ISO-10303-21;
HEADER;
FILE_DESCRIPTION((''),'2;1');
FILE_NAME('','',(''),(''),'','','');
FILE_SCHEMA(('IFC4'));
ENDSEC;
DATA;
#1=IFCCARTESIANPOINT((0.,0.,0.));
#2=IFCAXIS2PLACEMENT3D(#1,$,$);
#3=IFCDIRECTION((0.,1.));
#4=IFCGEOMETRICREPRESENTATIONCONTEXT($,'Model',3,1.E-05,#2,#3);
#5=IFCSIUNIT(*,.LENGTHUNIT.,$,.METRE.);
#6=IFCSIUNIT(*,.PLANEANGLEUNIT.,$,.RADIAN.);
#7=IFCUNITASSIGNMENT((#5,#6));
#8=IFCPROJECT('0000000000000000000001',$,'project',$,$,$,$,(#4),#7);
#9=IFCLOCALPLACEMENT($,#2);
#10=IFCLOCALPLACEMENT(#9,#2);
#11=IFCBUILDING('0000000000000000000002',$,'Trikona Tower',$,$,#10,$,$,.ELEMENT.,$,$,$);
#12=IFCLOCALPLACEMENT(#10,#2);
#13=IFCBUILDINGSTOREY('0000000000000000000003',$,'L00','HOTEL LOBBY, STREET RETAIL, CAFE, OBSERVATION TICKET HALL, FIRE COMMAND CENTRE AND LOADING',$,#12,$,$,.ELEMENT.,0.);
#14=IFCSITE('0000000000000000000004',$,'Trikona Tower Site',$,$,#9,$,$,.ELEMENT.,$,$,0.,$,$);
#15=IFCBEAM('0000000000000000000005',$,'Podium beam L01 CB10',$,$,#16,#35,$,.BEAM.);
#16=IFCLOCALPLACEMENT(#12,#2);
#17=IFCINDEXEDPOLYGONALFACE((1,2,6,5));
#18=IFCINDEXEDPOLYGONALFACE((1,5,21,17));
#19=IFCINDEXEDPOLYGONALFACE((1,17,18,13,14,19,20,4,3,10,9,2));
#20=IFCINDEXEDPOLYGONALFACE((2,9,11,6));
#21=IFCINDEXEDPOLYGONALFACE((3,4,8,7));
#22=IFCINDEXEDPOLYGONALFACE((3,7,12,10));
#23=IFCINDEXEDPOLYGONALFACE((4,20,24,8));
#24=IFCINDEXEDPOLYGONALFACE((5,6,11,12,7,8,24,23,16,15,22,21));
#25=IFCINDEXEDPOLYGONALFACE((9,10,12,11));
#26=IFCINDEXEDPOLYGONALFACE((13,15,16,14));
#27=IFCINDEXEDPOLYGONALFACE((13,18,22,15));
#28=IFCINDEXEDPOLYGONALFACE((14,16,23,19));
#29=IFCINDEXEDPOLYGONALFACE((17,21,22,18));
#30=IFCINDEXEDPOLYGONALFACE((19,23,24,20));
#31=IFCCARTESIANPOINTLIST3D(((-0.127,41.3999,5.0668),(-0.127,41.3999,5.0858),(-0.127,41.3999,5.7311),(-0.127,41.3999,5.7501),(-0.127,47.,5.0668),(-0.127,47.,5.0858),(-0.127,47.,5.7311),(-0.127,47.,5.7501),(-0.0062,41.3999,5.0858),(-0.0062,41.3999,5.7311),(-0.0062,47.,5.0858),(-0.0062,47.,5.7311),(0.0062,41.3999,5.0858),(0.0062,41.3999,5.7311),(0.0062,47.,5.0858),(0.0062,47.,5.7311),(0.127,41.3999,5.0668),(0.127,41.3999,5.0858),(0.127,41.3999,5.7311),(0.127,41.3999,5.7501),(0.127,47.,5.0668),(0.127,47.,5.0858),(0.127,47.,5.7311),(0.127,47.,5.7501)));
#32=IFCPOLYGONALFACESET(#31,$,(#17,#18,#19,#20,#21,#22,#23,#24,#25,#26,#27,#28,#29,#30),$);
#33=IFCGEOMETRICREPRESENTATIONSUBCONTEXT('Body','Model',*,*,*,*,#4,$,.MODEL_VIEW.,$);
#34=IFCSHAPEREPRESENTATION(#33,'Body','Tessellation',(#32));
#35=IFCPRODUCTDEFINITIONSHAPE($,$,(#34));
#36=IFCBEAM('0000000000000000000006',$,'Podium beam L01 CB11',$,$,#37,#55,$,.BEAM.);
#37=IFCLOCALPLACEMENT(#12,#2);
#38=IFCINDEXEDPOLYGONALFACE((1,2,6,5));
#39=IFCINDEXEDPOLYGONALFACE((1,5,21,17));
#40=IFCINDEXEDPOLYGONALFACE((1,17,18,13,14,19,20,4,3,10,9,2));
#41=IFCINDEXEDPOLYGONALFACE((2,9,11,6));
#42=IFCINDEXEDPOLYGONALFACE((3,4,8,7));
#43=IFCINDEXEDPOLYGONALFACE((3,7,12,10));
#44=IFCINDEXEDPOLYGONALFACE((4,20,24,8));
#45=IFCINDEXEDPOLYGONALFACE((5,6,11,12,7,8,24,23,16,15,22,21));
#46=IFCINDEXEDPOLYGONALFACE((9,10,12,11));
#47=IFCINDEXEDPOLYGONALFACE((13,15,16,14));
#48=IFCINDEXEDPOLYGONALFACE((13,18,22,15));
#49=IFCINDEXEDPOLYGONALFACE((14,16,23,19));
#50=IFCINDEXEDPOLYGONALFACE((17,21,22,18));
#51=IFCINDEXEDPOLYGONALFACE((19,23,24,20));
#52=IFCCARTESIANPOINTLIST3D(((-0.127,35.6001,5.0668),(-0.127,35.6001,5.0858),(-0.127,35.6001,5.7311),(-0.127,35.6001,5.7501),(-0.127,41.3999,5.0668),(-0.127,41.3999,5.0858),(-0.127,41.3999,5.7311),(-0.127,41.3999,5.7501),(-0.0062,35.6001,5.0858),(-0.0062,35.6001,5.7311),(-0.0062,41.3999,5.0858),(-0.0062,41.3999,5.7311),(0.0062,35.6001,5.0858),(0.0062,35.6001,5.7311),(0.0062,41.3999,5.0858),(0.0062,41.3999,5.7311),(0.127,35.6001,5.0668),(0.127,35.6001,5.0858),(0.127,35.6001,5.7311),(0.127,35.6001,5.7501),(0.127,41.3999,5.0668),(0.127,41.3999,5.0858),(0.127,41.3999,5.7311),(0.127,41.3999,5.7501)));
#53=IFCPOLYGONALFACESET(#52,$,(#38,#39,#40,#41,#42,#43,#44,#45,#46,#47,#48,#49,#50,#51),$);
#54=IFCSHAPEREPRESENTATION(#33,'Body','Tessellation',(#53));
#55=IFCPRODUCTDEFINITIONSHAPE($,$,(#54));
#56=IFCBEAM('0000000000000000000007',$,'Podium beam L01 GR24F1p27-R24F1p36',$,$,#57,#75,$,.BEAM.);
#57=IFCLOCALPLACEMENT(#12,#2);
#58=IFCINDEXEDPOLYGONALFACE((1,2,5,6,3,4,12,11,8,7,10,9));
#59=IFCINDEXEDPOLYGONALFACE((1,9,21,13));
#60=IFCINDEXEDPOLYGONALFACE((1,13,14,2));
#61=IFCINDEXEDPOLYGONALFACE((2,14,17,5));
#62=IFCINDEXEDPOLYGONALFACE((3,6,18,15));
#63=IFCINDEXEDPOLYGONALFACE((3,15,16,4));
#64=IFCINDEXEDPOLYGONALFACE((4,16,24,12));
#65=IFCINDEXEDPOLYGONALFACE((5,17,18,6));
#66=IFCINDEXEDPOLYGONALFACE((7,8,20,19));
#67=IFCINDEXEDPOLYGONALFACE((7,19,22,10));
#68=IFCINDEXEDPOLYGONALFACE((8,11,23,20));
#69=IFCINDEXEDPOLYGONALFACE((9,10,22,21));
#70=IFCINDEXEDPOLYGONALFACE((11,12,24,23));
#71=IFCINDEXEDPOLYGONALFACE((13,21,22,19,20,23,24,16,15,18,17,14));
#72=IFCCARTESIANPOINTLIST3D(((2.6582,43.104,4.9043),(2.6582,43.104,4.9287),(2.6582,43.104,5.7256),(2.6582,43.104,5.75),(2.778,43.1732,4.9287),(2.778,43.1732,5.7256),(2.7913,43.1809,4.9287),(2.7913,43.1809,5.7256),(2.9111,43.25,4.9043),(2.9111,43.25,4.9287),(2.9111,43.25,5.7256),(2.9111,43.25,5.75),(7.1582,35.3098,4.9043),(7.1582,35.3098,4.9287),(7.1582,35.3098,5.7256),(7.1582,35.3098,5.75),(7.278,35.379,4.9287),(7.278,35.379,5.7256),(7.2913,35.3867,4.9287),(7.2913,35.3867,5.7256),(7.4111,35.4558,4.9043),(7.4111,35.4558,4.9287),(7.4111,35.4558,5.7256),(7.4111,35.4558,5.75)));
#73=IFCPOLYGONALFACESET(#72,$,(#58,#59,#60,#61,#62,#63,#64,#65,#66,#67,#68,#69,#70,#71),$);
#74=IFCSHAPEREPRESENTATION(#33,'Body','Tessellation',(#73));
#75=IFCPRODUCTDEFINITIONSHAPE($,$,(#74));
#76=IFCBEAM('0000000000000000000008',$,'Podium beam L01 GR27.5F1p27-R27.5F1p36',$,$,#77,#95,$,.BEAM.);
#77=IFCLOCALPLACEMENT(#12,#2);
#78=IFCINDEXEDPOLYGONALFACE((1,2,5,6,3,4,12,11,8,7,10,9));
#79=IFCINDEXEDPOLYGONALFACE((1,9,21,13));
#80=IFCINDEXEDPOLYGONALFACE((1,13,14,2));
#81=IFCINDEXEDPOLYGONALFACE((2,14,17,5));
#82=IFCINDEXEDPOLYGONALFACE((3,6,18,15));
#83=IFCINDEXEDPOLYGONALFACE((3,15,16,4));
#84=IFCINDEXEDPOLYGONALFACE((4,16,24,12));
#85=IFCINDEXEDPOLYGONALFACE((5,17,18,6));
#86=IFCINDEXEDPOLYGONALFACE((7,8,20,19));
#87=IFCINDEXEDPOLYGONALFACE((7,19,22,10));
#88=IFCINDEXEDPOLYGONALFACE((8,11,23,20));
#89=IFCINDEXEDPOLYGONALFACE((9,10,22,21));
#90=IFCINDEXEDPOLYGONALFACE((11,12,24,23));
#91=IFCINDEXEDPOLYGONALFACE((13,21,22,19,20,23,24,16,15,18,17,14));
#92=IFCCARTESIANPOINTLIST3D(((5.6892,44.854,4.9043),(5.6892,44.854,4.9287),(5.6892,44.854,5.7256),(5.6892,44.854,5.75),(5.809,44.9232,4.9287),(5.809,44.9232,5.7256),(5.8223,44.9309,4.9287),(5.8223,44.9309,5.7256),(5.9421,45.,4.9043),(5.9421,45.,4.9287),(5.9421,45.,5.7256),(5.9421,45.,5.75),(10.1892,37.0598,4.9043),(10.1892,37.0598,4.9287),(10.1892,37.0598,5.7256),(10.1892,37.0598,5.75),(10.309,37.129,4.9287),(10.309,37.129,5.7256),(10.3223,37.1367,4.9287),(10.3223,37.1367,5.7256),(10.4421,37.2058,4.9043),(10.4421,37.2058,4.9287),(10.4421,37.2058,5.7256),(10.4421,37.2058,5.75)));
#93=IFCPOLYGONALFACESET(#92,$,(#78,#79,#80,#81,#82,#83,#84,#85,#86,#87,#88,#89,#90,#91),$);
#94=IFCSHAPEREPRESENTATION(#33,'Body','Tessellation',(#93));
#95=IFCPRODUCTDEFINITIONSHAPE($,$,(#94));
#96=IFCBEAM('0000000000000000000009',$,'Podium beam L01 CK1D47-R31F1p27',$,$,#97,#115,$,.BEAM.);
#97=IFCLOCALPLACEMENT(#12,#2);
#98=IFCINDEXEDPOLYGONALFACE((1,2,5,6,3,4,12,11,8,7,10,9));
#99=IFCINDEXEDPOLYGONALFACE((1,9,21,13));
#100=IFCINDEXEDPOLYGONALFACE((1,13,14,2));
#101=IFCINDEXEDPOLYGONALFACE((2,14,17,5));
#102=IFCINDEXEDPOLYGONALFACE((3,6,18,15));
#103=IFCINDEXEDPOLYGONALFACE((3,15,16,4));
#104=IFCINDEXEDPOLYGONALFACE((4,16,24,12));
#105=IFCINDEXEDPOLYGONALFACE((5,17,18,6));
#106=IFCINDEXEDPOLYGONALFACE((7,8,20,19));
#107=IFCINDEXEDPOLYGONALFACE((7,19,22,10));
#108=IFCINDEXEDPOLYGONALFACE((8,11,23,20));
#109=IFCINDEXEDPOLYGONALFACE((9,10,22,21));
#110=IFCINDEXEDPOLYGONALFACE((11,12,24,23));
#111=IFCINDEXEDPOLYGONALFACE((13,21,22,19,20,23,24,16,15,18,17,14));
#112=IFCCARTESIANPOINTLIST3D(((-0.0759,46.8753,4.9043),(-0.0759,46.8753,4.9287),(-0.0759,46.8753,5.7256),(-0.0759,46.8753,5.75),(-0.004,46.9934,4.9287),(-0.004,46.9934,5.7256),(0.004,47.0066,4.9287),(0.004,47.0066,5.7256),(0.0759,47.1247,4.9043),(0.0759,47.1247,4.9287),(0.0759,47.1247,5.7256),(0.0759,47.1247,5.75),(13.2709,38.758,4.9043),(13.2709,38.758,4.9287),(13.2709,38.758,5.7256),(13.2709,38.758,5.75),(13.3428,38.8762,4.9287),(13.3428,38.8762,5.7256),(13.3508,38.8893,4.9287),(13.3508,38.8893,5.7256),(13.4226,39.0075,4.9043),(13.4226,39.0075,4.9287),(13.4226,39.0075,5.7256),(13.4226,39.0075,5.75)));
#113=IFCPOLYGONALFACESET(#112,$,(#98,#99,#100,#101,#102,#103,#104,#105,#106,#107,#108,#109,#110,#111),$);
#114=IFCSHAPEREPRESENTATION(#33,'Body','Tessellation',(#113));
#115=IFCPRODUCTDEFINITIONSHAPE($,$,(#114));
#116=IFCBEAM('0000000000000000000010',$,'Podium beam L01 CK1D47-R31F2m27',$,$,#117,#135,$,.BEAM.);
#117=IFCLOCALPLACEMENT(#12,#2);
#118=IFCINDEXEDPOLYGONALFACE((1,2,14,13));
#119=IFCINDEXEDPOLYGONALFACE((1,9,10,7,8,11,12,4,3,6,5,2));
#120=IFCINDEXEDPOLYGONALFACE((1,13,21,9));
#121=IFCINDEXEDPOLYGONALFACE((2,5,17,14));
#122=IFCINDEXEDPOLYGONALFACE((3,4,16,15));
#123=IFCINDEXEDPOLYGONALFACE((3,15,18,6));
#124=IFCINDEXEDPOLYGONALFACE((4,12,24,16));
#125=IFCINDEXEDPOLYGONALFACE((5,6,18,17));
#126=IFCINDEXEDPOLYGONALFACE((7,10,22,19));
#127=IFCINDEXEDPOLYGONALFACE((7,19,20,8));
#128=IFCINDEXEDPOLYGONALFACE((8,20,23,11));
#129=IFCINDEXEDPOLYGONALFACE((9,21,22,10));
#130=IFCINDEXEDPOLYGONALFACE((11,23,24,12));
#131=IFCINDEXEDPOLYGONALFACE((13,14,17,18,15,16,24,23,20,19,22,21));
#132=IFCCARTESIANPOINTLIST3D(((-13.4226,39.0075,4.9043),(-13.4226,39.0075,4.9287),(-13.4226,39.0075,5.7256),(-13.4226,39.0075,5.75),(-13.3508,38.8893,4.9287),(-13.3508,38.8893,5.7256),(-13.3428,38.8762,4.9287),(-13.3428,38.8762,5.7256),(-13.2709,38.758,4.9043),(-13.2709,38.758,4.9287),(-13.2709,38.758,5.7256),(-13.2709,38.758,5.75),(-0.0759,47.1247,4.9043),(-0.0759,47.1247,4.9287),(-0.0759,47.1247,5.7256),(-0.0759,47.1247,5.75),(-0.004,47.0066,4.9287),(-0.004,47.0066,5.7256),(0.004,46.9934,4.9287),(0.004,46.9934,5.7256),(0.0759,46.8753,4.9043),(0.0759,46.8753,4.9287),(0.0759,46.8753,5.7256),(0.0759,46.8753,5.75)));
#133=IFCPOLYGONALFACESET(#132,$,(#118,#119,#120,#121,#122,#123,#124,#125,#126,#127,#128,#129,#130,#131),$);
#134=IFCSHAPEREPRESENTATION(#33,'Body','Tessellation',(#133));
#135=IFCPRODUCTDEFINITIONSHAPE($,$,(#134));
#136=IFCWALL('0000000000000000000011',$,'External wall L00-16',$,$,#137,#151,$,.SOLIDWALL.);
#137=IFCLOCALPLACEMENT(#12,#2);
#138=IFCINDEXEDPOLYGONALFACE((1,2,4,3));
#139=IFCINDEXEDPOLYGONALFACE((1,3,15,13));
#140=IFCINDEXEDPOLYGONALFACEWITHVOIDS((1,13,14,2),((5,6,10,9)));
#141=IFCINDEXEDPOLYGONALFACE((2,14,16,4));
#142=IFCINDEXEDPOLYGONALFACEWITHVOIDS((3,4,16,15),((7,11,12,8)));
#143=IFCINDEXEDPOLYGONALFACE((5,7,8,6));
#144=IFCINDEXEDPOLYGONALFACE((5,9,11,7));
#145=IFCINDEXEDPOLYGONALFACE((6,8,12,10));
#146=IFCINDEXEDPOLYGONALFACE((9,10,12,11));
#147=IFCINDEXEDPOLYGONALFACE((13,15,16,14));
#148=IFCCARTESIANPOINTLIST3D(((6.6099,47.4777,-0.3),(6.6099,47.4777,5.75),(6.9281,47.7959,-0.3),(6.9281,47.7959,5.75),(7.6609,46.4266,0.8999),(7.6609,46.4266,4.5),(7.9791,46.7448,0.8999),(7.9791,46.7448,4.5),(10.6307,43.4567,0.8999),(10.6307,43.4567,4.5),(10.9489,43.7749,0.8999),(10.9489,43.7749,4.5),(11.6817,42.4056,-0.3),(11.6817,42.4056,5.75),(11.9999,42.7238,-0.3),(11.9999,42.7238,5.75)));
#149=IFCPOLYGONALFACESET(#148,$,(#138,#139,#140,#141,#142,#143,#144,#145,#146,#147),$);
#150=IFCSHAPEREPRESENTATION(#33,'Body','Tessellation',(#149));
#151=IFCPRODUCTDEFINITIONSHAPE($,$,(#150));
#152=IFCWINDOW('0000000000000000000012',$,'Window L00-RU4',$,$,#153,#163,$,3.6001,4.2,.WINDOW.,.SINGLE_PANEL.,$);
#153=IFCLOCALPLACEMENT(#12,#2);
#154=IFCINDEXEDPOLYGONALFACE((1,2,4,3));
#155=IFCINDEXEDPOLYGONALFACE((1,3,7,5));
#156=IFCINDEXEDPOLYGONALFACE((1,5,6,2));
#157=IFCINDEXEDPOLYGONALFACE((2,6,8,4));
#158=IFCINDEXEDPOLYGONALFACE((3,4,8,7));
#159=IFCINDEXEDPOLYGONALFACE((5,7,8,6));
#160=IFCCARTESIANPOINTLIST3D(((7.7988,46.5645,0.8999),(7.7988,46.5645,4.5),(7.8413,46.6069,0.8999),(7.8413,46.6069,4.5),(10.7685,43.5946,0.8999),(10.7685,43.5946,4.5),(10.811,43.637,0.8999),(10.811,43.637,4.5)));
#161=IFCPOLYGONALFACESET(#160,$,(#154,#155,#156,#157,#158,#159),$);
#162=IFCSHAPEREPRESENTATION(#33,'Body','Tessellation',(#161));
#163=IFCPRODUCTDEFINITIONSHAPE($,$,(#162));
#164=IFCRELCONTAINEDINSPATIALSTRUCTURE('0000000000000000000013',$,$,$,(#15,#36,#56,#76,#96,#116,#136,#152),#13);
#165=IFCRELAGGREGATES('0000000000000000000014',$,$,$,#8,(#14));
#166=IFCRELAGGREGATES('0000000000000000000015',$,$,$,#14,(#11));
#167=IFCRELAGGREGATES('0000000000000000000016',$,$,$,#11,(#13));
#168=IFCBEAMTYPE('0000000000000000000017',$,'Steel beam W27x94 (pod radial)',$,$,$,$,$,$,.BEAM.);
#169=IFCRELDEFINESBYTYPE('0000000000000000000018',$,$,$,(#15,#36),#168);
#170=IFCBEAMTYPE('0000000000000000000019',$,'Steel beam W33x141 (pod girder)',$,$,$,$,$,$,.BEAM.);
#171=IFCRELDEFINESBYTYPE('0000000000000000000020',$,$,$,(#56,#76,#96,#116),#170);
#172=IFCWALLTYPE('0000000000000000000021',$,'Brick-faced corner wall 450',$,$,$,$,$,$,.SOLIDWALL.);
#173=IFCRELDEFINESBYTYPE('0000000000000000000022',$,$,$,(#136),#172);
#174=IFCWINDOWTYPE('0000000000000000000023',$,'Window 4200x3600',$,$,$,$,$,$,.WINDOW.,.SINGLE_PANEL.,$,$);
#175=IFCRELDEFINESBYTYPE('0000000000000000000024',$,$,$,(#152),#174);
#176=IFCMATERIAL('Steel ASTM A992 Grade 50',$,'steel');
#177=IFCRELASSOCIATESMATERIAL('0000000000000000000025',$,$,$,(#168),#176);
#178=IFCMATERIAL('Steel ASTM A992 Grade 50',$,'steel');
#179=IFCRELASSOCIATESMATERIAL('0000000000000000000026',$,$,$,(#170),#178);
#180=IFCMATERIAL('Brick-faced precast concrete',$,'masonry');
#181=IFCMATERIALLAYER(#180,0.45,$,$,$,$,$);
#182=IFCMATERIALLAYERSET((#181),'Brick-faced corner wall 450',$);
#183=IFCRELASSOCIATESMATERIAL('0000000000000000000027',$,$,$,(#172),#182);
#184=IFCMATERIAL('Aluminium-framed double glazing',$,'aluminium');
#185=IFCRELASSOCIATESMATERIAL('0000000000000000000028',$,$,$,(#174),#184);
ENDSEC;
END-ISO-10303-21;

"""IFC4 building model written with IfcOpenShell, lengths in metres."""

from ifc_helpers import new_model, si_unit, direction, frame, frame_2d, origin, origin_2d, place, context, subcontext, project, spatial, rectangle, i_section, extrude, material, layer, layer_set, material_profile, profile_set, type_object, element, fill, save


model = new_model("IFC4")

# Units and contexts
model_context = context("Model", 3, precision=1e-05, world=origin(), true_north=direction((0.0, 1.0)))
body_context = subcontext(model_context, "Body", "Model", "MODEL_VIEW")
ifc_project = project(units=[si_unit("LENGTHUNIT", "METRE"), si_unit("PLANEANGLEUNIT", "RADIAN")], contexts=[model_context])

# Site, building, storey
site_placement = place(None, origin())
site = spatial("IfcSite", under=ifc_project, at=site_placement, Name="Trikona Tower Site", CompositionType="ELEMENT", RefElevation=0.0)
building_placement = place(site_placement, origin())
building = spatial("IfcBuilding", under=site, at=building_placement, Name="Trikona Tower", CompositionType="ELEMENT")
storey_placement = place(building_placement, origin())
storey = spatial("IfcBuildingStorey", under=building, at=storey_placement, Name="L00", Description="HOTEL LOBBY, STREET RETAIL, CAFE, OBSERVATION TICKET HALL, FIRE COMMAND CENTRE AND LOADING", CompositionType="ELEMENT", Elevation=0.0)

# Beams
ifc_material_1 = material(Name="Steel ASTM A992 Grade 50", Category="steel")
ifc_material_profile_1 = material_profile(ifc_material_1, i_section(OverallWidth=0.2539, OverallDepth=0.6833, WebThickness=0.0125, FlangeThickness=0.019, at=origin_2d()), Name="W27X94")
ifc_profile_set_1 = profile_set([ifc_material_profile_1], Name="Steel ASTM A992 Grade 50")
beam_type_1 = type_object("IfcBeamType", Name="Steel beam W27x94 (pod radial)", PredefinedType="BEAM", material=ifc_profile_set_1)
beam_1_placement = place(storey_placement, frame((0.0, 41.3999, 5.4084), z_axis=(0.0, 1.0, 0.0), x_axis=(-1.0, 0.0, 0.0)))
element("IfcBeam", 1, at=beam_1_placement, inside=storey, type_object=beam_type_1, Name="Podium beam L01 CB10", PredefinedType="BEAM", context=body_context, shape_type="SweptSolid", body=[
    extrude(i_section(OverallWidth=0.2539, OverallDepth=0.6833, WebThickness=0.0125, FlangeThickness=0.019, at=origin_2d()), origin(), (0.0, 0.0, 1.0), 5.6001),
])
beam_2_placement = place(storey_placement, frame((0.0, 35.6001, 5.4084), z_axis=(0.0, 1.0, 0.0), x_axis=(-1.0, 0.0, 0.0)))
element("IfcBeam", 2, at=beam_2_placement, inside=storey, type_object=beam_type_1, Name="Podium beam L01 CB11", PredefinedType="BEAM", context=body_context, shape_type="SweptSolid", body=[
    extrude(i_section(OverallWidth=0.2539, OverallDepth=0.6833, WebThickness=0.0125, FlangeThickness=0.019, at=origin_2d()), origin(), (0.0, 0.0, 1.0), 5.7998),
])
ifc_material_2 = material(Name="Steel ASTM A992 Grade 50", Category="steel")
ifc_material_profile_2 = material_profile(ifc_material_2, i_section(OverallWidth=0.292, OverallDepth=0.8457, WebThickness=0.0154, FlangeThickness=0.0244, at=origin_2d()), Name="W33X141")
ifc_profile_set_2 = profile_set([ifc_material_profile_2], Name="Steel ASTM A992 Grade 50")
beam_type_2 = type_object("IfcBeamType", Name="Steel beam W33x141 (pod girder)", PredefinedType="BEAM", material=ifc_profile_set_2)
for number, where, z_axis, x_axis, name in (
    (3, (7.2847, 35.3828, 5.3271), (-0.500002, 0.866024, 0.0), (-0.866024, -0.500002, 0.0), "Podium beam L01 GR24F1p27-R24F1p36"),
    (4, (10.3157, 37.1328, 5.3271), (-0.500002, 0.866024, 0.0), (-0.866024, -0.500002, 0.0), "Podium beam L01 GR27.5F1p27-R27.5F1p36"),
):
    element("IfcBeam", number, at=place(storey_placement, frame(where, z_axis=z_axis, x_axis=x_axis)), inside=storey, type_object=beam_type_2, Name=name, PredefinedType="BEAM", context=body_context, shape_type="SweptSolid", body=[
        extrude(i_section(OverallWidth=0.292, OverallDepth=0.8457, WebThickness=0.0154, FlangeThickness=0.0244, at=origin_2d()), origin(), (0.0, 0.0, 1.0), 9.0),
    ])
for number, where, z_axis, x_axis, name in (
    (5, (0.0, 47.0, 5.3271), (0.854394, -0.519626, 0.0), (0.519626, 0.854394, 0.0), "Podium beam L01 CK1D47-R31F1p27"),
    (6, (0.0, 47.0, 5.3271), (-0.854394, -0.519626, 0.0), (0.519626, -0.854394, 0.0), "Podium beam L01 CK1D47-R31F2m27"),
):
    element("IfcBeam", number, at=place(storey_placement, frame(where, z_axis=z_axis, x_axis=x_axis)), inside=storey, type_object=beam_type_2, Name=name, PredefinedType="BEAM", context=body_context, shape_type="SweptSolid", body=[
        extrude(i_section(OverallWidth=0.292, OverallDepth=0.8457, WebThickness=0.0154, FlangeThickness=0.0244, at=origin_2d()), origin(), (0.0, 0.0, 1.0), 15.6213),
    ])

# Wall, opening, window
ifc_material_3 = material(Name="Brick-faced precast concrete", Category="masonry")
ifc_layer = layer(ifc_material_3, 0.45)
ifc_layer_set = layer_set([ifc_layer], Name="Brick-faced corner wall 450")
wall_type = type_object("IfcWallType", Name="Brick-faced corner wall 450", PredefinedType="SOLIDWALL", material=ifc_layer_set)
wall_1_placement = place(storey_placement, frame((11.8408, 42.5647, -0.3), z_axis=(0.0, 0.0, 1.0), x_axis=(-0.70709, 0.707124, 0.0)))
wall_1 = element("IfcWall", 7, at=wall_1_placement, inside=storey, type_object=wall_type, Name="External wall L00-16", PredefinedType="SOLIDWALL", context=body_context, shape_type="SweptSolid", body=[
    extrude(rectangle(XDim=7.1729, YDim=0.45, at=frame_2d((3.5864, 0.0))), origin(), (0.0, 0.0, 1.0), 6.05),
])
opening_1_placement = place(wall_1_placement, frame((1.4863, 0.0, 1.2)))
opening_1 = element("IfcOpeningElement", 8, at=opening_1_placement, cuts=wall_1, PredefinedType="OPENING", context=body_context, shape_type="SweptSolid", body=[
    extrude(rectangle(XDim=4.2, YDim=3.6001, at=frame_2d((2.1001, 1.8))), frame((0.0, 0.2349, 0.0), z_axis=(0.0, -1.0, 0.0), x_axis=(1.0, 0.0, 0.0)), (0.0, 0.0, 1.0), 0.47),
])
ifc_material_4 = material(Name="Aluminium-framed double glazing", Category="aluminium")
window_type = type_object("IfcWindowType", Name="Window 4200x3600", PartitioningType="SINGLE_PANEL", PredefinedType="WINDOW", material=ifc_material_4)
window_1_placement = place(opening_1_placement, origin())
window_1 = element("IfcWindow", 9, at=window_1_placement, inside=storey, type_object=window_type, Name="Window L00-RU4", OverallHeight=3.6001, OverallWidth=4.2, PartitioningType="SINGLE_PANEL", PredefinedType="WINDOW", context=body_context, shape_type="SweptSolid", body=[
    extrude(rectangle(XDim=4.2, YDim=3.6001, at=frame_2d((2.1001, 1.8))), frame((0.0, 0.03, 0.0), z_axis=(0.0, -1.0, 0.0), x_axis=(1.0, 0.0, 0.0)), (0.0, 0.0, 1.0), 0.0601),
])
fill(opening_1, window_1)

save(model, "model.ifc")
